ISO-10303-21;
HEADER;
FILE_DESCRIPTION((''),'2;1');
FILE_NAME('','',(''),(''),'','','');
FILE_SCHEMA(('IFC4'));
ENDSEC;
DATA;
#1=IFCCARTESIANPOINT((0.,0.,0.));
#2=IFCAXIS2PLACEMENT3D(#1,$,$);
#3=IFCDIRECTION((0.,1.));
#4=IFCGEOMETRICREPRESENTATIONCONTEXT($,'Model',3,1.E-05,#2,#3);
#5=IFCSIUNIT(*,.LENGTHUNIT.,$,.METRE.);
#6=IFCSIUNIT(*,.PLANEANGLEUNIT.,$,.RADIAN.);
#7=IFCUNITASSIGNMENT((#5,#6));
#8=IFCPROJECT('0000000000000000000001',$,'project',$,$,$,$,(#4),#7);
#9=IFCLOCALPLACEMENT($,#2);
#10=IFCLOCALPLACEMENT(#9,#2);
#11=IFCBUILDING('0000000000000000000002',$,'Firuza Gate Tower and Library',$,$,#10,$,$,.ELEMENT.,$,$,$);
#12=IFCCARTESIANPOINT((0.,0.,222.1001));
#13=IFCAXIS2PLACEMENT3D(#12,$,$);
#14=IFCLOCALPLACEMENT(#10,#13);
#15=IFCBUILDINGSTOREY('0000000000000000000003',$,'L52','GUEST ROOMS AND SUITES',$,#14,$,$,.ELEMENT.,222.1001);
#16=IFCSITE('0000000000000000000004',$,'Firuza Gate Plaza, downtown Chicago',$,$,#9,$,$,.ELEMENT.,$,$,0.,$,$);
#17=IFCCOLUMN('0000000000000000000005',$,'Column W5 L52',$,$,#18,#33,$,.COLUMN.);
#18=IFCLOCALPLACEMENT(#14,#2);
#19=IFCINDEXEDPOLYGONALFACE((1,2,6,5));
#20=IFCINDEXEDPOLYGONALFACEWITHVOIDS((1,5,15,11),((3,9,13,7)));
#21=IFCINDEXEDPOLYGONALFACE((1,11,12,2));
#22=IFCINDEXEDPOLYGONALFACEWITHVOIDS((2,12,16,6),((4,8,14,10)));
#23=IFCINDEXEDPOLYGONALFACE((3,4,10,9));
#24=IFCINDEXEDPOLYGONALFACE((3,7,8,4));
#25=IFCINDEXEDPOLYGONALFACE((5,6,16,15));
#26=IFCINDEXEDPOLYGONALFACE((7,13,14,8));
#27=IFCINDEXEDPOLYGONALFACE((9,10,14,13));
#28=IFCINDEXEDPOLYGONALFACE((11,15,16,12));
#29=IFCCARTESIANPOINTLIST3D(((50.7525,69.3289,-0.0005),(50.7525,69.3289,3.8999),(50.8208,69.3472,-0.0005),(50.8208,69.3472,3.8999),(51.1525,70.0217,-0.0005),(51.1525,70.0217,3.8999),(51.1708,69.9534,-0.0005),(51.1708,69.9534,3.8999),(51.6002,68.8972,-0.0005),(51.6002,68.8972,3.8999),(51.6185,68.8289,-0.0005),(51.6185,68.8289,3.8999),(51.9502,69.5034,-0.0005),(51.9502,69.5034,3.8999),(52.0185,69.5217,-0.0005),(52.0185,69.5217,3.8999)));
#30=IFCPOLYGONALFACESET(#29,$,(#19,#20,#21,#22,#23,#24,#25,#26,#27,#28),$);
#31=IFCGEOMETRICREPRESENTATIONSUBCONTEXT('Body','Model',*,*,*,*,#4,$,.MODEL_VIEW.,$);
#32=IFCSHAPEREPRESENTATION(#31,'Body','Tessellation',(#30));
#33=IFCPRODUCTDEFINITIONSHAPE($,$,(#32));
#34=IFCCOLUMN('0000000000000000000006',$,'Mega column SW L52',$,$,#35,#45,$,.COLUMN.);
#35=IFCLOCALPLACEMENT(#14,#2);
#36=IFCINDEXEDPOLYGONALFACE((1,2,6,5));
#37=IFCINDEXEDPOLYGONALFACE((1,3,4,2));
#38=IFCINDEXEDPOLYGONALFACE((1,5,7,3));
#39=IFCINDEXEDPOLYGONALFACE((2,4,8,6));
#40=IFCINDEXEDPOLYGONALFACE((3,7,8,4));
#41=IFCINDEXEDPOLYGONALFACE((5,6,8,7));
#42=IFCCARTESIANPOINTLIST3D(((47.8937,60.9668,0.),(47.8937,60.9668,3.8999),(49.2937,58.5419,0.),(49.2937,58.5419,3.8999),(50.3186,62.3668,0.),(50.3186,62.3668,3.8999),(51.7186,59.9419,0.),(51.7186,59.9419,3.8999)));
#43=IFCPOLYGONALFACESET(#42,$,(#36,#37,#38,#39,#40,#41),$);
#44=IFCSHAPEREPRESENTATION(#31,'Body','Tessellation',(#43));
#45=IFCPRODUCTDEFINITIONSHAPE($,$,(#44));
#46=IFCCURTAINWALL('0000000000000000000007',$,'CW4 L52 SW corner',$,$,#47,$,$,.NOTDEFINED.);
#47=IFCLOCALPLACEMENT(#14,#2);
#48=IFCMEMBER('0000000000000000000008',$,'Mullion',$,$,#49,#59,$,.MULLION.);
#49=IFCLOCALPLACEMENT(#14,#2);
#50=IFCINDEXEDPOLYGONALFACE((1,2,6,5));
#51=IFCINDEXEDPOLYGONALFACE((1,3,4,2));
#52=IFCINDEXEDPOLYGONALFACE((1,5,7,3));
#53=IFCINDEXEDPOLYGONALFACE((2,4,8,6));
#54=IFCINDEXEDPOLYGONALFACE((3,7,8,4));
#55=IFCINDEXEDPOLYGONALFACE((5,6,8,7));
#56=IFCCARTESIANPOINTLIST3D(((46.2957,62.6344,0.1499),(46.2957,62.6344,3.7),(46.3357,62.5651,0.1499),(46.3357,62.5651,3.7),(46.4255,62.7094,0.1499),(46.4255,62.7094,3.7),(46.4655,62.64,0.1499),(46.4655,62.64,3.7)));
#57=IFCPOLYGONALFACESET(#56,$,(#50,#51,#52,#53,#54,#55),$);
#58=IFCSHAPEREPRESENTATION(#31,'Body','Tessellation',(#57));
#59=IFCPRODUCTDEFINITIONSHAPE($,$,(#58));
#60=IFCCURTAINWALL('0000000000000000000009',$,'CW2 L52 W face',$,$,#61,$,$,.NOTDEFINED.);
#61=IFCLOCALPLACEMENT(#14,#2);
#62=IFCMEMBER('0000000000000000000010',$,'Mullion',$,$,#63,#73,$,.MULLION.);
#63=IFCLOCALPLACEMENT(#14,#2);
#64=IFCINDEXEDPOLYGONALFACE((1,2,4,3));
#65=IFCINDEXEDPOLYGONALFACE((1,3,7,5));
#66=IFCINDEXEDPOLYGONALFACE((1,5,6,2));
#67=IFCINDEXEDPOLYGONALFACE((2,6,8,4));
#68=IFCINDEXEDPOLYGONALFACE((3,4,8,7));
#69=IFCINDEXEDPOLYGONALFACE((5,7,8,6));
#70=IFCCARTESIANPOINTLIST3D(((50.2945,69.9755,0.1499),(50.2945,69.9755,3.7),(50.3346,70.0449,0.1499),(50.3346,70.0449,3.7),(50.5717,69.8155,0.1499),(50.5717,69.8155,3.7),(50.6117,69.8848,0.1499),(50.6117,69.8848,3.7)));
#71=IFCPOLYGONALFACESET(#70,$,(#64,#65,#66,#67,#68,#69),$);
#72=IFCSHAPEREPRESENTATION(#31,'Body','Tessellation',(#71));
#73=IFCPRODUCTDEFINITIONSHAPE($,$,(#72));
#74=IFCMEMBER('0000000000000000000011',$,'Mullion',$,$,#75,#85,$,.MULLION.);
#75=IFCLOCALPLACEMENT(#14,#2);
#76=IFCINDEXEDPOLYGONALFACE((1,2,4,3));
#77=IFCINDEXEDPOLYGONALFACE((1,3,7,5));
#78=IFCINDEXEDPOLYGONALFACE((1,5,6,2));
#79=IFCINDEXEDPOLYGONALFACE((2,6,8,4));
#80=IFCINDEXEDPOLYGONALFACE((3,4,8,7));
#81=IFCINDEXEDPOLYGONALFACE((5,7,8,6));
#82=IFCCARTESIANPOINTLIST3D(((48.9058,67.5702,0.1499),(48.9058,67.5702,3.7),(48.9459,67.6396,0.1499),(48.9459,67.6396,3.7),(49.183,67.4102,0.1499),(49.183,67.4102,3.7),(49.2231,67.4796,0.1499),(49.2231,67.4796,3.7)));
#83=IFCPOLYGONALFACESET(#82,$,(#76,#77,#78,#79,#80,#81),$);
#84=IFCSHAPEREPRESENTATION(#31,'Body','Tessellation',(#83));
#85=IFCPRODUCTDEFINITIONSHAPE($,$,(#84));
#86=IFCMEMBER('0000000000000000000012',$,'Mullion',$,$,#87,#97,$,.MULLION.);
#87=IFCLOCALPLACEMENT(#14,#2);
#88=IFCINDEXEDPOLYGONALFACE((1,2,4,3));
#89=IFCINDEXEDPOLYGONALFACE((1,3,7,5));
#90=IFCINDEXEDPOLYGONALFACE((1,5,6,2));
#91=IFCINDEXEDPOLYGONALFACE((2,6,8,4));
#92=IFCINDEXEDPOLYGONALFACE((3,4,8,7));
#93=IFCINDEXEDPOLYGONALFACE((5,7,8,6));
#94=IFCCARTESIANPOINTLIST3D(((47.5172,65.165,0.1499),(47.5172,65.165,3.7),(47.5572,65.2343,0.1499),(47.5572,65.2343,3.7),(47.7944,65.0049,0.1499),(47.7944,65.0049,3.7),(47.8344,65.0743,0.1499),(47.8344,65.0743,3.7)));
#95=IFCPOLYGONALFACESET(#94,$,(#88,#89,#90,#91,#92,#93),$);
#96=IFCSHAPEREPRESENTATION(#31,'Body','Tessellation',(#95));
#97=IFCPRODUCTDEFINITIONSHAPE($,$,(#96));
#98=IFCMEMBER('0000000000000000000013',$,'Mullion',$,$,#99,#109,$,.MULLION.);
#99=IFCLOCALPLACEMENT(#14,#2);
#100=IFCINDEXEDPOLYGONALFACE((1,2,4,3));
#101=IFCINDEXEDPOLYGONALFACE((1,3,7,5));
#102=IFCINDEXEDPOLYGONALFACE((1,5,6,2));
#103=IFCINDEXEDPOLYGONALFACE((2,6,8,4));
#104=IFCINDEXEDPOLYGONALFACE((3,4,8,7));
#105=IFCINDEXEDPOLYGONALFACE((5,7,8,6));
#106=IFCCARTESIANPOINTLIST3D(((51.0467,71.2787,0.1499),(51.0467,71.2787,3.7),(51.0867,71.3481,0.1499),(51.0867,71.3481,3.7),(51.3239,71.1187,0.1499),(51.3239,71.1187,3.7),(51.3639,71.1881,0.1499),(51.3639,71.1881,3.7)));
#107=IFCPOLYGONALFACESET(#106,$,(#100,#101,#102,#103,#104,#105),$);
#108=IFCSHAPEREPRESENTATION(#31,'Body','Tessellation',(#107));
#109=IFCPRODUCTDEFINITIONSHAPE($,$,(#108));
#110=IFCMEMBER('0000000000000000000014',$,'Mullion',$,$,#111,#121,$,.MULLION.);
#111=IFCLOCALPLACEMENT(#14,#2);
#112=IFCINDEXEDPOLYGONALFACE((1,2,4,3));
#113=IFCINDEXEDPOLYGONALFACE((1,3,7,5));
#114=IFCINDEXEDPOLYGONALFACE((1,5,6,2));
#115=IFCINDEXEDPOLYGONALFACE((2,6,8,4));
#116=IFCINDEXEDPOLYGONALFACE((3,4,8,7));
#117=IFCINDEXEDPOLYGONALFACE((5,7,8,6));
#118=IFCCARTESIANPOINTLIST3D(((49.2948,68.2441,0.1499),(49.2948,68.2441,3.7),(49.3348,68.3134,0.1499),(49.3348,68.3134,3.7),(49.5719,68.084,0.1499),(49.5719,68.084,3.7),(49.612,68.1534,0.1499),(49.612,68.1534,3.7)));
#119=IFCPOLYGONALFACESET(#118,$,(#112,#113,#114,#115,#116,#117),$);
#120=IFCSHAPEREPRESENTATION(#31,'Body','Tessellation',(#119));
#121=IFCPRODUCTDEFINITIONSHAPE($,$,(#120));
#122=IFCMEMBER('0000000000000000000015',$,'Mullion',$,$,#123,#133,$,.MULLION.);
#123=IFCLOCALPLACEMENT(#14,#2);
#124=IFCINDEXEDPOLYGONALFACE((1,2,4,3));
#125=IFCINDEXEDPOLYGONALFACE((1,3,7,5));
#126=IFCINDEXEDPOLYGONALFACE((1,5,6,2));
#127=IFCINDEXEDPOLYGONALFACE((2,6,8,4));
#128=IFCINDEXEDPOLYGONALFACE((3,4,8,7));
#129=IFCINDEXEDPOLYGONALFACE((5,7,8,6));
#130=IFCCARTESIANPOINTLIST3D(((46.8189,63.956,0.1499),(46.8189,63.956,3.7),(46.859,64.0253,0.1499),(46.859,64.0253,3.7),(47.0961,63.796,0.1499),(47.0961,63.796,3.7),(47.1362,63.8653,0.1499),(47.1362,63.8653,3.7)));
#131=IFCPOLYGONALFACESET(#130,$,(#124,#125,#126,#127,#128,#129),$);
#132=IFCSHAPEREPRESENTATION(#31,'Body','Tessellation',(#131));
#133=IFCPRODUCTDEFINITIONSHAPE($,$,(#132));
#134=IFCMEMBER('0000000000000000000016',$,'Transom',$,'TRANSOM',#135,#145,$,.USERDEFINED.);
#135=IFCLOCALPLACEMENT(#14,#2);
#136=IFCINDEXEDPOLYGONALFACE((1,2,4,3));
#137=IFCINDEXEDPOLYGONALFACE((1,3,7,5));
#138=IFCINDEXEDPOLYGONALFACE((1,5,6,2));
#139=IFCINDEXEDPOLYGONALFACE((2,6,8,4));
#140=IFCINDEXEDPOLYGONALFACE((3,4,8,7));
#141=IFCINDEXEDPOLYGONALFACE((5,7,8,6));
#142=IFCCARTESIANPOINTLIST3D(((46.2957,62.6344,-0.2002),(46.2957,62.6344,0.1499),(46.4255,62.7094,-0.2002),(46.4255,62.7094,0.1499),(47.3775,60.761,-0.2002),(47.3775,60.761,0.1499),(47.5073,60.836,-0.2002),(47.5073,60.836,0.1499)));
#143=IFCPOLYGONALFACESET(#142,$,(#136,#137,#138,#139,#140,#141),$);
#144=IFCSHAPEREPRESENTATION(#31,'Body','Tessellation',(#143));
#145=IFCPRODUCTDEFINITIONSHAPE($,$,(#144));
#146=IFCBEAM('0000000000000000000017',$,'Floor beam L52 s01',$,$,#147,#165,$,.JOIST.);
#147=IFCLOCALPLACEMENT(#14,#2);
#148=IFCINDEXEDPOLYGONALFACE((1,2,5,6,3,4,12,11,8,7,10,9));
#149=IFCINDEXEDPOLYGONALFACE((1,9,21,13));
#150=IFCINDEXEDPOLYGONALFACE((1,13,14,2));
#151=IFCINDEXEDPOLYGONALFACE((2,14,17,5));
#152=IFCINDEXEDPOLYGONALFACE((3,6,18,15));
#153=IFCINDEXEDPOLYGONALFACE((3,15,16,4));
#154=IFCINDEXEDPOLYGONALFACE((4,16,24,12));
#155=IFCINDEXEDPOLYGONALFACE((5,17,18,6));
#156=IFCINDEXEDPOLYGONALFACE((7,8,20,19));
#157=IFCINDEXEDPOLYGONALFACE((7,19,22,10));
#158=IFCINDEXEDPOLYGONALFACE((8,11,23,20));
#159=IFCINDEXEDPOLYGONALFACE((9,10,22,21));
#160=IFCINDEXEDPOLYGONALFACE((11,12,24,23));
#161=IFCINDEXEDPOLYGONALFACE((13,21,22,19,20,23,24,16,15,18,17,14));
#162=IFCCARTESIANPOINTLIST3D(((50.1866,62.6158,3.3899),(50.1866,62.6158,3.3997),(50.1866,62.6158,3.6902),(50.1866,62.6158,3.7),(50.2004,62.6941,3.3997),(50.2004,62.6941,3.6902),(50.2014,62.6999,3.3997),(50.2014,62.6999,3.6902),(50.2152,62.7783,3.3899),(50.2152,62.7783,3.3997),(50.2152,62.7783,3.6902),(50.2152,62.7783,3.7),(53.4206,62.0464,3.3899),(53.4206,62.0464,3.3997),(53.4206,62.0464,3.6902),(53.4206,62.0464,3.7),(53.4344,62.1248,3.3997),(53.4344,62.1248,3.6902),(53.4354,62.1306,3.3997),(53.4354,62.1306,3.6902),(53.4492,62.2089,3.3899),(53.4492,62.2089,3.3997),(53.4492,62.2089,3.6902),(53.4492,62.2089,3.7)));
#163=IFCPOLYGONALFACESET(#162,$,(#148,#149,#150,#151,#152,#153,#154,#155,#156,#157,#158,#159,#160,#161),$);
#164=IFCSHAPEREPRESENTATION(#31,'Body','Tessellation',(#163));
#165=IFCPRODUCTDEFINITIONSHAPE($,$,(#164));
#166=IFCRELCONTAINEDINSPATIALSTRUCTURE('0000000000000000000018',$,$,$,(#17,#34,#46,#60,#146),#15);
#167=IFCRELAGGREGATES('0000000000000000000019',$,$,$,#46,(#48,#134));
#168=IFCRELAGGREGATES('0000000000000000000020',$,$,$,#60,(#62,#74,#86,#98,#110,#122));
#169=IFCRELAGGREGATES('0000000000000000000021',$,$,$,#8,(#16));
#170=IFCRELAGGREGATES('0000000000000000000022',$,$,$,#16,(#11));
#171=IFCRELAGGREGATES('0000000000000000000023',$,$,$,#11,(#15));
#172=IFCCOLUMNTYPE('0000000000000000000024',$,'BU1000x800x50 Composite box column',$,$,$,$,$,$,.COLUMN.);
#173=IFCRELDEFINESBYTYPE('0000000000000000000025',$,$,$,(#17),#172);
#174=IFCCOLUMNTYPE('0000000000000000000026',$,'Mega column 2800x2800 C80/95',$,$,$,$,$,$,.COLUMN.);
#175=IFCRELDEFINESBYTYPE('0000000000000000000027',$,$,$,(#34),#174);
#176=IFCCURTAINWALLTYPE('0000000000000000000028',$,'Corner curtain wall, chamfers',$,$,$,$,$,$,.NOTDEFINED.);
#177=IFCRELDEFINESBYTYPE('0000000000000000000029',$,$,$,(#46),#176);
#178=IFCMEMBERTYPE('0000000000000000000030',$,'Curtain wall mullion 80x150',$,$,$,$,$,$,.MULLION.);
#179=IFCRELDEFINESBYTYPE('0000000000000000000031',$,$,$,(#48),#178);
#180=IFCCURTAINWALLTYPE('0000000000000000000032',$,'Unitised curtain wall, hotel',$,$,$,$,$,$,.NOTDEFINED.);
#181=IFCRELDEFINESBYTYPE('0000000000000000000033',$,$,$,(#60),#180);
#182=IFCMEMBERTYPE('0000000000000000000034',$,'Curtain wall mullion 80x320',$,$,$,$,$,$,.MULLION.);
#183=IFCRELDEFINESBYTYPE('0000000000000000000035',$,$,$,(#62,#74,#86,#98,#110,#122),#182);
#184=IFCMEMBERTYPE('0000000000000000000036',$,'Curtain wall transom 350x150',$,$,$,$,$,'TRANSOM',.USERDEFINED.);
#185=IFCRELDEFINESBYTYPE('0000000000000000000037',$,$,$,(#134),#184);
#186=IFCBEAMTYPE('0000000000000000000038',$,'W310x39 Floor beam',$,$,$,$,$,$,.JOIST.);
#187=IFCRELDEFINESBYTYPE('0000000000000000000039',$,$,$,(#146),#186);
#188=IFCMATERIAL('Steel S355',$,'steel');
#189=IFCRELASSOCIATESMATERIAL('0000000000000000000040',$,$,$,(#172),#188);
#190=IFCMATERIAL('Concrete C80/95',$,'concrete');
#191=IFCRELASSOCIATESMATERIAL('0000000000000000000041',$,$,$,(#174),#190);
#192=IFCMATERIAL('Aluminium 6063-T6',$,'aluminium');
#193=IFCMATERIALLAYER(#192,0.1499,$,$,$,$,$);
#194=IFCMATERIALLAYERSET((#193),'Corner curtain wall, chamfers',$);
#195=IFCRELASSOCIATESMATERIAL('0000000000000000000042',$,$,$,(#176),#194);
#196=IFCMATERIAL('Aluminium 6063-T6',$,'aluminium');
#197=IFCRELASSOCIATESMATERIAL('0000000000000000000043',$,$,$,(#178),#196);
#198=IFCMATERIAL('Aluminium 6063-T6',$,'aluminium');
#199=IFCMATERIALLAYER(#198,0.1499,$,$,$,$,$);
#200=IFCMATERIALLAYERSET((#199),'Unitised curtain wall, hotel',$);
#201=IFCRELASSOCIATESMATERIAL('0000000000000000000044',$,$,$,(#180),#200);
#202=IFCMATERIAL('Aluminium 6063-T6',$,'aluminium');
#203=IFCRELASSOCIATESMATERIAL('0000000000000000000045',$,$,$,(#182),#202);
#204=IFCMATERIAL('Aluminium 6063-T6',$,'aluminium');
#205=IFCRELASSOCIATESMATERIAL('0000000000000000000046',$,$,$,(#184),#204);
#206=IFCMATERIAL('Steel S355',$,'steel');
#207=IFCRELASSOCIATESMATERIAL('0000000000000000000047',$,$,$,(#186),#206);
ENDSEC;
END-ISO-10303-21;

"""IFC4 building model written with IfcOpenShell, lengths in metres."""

from ifc_helpers import new_model, si_unit, direction, frame, origin, origin_2d, place, context, subcontext, project, spatial, rectangle, hollow_rectangle, i_section, extrude, material, layer, layer_set, material_profile, profile_set, type_object, element, aggregate, save


model = new_model("IFC4")

# Units and contexts
model_context = context("Model", 3, precision=1e-05, world=origin(), true_north=direction((0.0, 1.0)))
body_context = subcontext(model_context, "Body", "Model", "MODEL_VIEW")
ifc_project = project(units=[si_unit("LENGTHUNIT", "METRE"), si_unit("PLANEANGLEUNIT", "RADIAN")], contexts=[model_context])

# Site, building, storey
site_placement = place(None, origin())
site = spatial("IfcSite", under=ifc_project, at=site_placement, Name="Firuza Gate Plaza, downtown Chicago", CompositionType="ELEMENT", RefElevation=0.0)
building_placement = place(site_placement, origin())
building = spatial("IfcBuilding", under=site, at=building_placement, Name="Firuza Gate Tower and Library", CompositionType="ELEMENT")
storey_placement = place(building_placement, frame((0.0, 0.0, 222.1001)))
storey = spatial("IfcBuildingStorey", under=building, at=storey_placement, Name="L52", Description="GUEST ROOMS AND SUITES", CompositionType="ELEMENT", Elevation=222.1001)

# Columns
ifc_material_1 = material(Name="Steel S355", Category="steel")
ifc_material_profile_1 = material_profile(ifc_material_1, hollow_rectangle(XDim=0.8, YDim=1.0, WallThickness=0.05, at=origin_2d()))
ifc_profile_set_1 = profile_set([ifc_material_profile_1], Name="Steel S355")
column_type_1 = type_object("IfcColumnType", Name="BU1000x800x50 Composite box column", PredefinedType="COLUMN", material=ifc_profile_set_1)
column_1_placement = place(storey_placement, frame((51.3855, 69.4253, -0.0005), z_axis=(0.0, 0.0, 1.0), x_axis=(-0.5, -0.866025, 0.0)))
element("IfcColumn", 1, at=column_1_placement, inside=storey, type_object=column_type_1, Name="Column W5 L52", PredefinedType="COLUMN", context=body_context, shape_type="SweptSolid", body=[
    extrude(hollow_rectangle(XDim=0.8, YDim=1.0, WallThickness=0.05, at=origin_2d()), origin(), (0.0, 0.0, 1.0), 3.9004),
])
ifc_material_2 = material(Name="Concrete C80/95", Category="concrete")
ifc_material_profile_2 = material_profile(ifc_material_2, rectangle(XDim=2.8, YDim=2.8, at=origin_2d()))
ifc_profile_set_2 = profile_set([ifc_material_profile_2], Name="Concrete C80/95")
column_type_2 = type_object("IfcColumnType", Name="Mega column 2800x2800 C80/95", PredefinedType="COLUMN", material=ifc_profile_set_2)
column_2_placement = place(storey_placement, frame((49.8062, 60.4543, 0.0), z_axis=(0.0, 0.0, 1.0), x_axis=(0.5, -0.866025, 0.0)))
element("IfcColumn", 2, at=column_2_placement, inside=storey, type_object=column_type_2, Name="Mega column SW L52", PredefinedType="COLUMN", context=body_context, shape_type="SweptSolid", body=[
    extrude(rectangle(XDim=2.8, YDim=2.8, at=origin_2d()), origin(), (0.0, 0.0, 1.0), 3.8999),
])

# Curtain wall, member
ifc_material_3 = material(Name="Aluminium 6063-T6", Category="aluminium")
ifc_layer_1 = layer(ifc_material_3, 0.1499)
ifc_layer_set_1 = layer_set([ifc_layer_1], Name="Corner curtain wall, chamfers")
curtain_wall_type_1 = type_object("IfcCurtainWallType", Name="Corner curtain wall, chamfers", PredefinedType="NOTDEFINED", material=ifc_layer_set_1)
placement = place(storey_placement, origin())
curtain_wall_1 = element("IfcCurtainWall", 3, at=placement, inside=storey, type_object=curtain_wall_type_1, Name="CW4 L52 SW corner", PredefinedType="NOTDEFINED")
ifc_material_4 = material(Name="Aluminium 6063-T6", Category="aluminium")
ifc_material_profile_3 = material_profile(ifc_material_4, rectangle(XDim=0.1499, YDim=0.0801, at=origin_2d()))
ifc_profile_set_3 = profile_set([ifc_material_profile_3], Name="Aluminium 6063-T6")
member_type_1 = type_object("IfcMemberType", Name="Curtain wall mullion 80x150", PredefinedType="MULLION", material=ifc_profile_set_3)
member_1_placement = place(storey_placement, frame((46.3806, 62.6372, 0.1499), z_axis=(0.0, 0.0, 1.0), x_axis=(0.866025, 0.5, 0.0)))
member_1 = element("IfcMember", 4, at=member_1_placement, type_object=member_type_1, Name="Mullion", PredefinedType="MULLION", context=body_context, shape_type="SweptSolid", body=[
    extrude(rectangle(XDim=0.1499, YDim=0.0801, at=origin_2d()), origin(), (0.0, 0.0, 1.0), 3.55),
])

# Curtain wall, members
ifc_material_5 = material(Name="Aluminium 6063-T6", Category="aluminium")
ifc_layer_2 = layer(ifc_material_5, 0.1499)
ifc_layer_set_2 = layer_set([ifc_layer_2], Name="Unitised curtain wall, hotel")
curtain_wall_type_2 = type_object("IfcCurtainWallType", Name="Unitised curtain wall, hotel", PredefinedType="NOTDEFINED", material=ifc_layer_set_2)
curtain_wall_2 = element("IfcCurtainWall", 5, at=placement, inside=storey, type_object=curtain_wall_type_2, Name="CW2 L52 W face", PredefinedType="NOTDEFINED")
ifc_material_6 = material(Name="Aluminium 6063-T6", Category="aluminium")
ifc_material_profile_4 = material_profile(ifc_material_6, rectangle(XDim=0.3201, YDim=0.0801, at=origin_2d()))
ifc_profile_set_4 = profile_set([ifc_material_profile_4], Name="Aluminium 6063-T6")
member_type_2 = type_object("IfcMemberType", Name="Curtain wall mullion 80x320", PredefinedType="MULLION", material=ifc_profile_set_4)
member_2_placement = place(storey_placement, frame((50.4531, 69.9302, 0.1499), z_axis=(0.0, 0.0, 1.0), x_axis=(0.866025, -0.5, 0.0)))
member_2 = element("IfcMember", 6, at=member_2_placement, type_object=member_type_2, Name="Mullion", PredefinedType="MULLION", context=body_context, shape_type="SweptSolid", body=[
    extrude(rectangle(XDim=0.3201, YDim=0.0801, at=origin_2d()), origin(), (0.0, 0.0, 1.0), 3.55),
])
member_3_placement = place(storey_placement, frame((49.0645, 67.5249, 0.1499), z_axis=(0.0, 0.0, 1.0), x_axis=(0.866025, -0.5, 0.0)))
member_3 = element("IfcMember", 7, at=member_3_placement, type_object=member_type_2, Name="Mullion", PredefinedType="MULLION", context=body_context, shape_type="SweptSolid", body=[
    extrude(rectangle(XDim=0.3201, YDim=0.0801, at=origin_2d()), origin(), (0.0, 0.0, 1.0), 3.55),
])
member_4_placement = place(storey_placement, frame((47.6758, 65.1196, 0.1499), z_axis=(0.0, 0.0, 1.0), x_axis=(0.866025, -0.5, 0.0)))
member_4 = element("IfcMember", 8, at=member_4_placement, type_object=member_type_2, Name="Mullion", PredefinedType="MULLION", context=body_context, shape_type="SweptSolid", body=[
    extrude(rectangle(XDim=0.3201, YDim=0.0801, at=origin_2d()), origin(), (0.0, 0.0, 1.0), 3.55),
])
member_5_placement = place(storey_placement, frame((51.2053, 71.2334, 0.1499), z_axis=(0.0, 0.0, 1.0), x_axis=(0.866025, -0.5, 0.0)))
member_5 = element("IfcMember", 9, at=member_5_placement, type_object=member_type_2, Name="Mullion", PredefinedType="MULLION", context=body_context, shape_type="SweptSolid", body=[
    extrude(rectangle(XDim=0.3201, YDim=0.0801, at=origin_2d()), origin(), (0.0, 0.0, 1.0), 3.55),
])
member_6_placement = place(storey_placement, frame((49.4534, 68.1987, 0.1499), z_axis=(0.0, 0.0, 1.0), x_axis=(0.866025, -0.5, 0.0)))
member_6 = element("IfcMember", 10, at=member_6_placement, type_object=member_type_2, Name="Mullion", PredefinedType="MULLION", context=body_context, shape_type="SweptSolid", body=[
    extrude(rectangle(XDim=0.3201, YDim=0.0801, at=origin_2d()), origin(), (0.0, 0.0, 1.0), 3.55),
])
member_7_placement = place(storey_placement, frame((46.9775, 63.9106, 0.1499), z_axis=(0.0, 0.0, 1.0), x_axis=(0.866025, -0.5, 0.0)))
member_7 = element("IfcMember", 11, at=member_7_placement, type_object=member_type_2, Name="Mullion", PredefinedType="MULLION", context=body_context, shape_type="SweptSolid", body=[
    extrude(rectangle(XDim=0.3201, YDim=0.0801, at=origin_2d()), origin(), (0.0, 0.0, 1.0), 3.55),
])

# Member
ifc_material_7 = material(Name="Aluminium 6063-T6", Category="aluminium")
ifc_material_profile_5 = material_profile(ifc_material_7, rectangle(XDim=0.1499, YDim=0.3501, at=origin_2d()))
ifc_profile_set_5 = profile_set([ifc_material_profile_5], Name="Aluminium 6063-T6")
member_type_3 = type_object("IfcMemberType", Name="Curtain wall transom 350x150", ElementType="TRANSOM", PredefinedType="USERDEFINED", material=ifc_profile_set_5)
member_8_placement = place(storey_placement, frame((46.3606, 62.6719, -0.0251), z_axis=(0.500084, -0.865977, 0.0), x_axis=(0.865977, 0.500084, 0.0)))
member_8 = element("IfcMember", 12, at=member_8_placement, type_object=member_type_3, Name="Transom", ObjectType="TRANSOM", PredefinedType="USERDEFINED", context=body_context, shape_type="SweptSolid", body=[
    extrude(rectangle(XDim=0.1499, YDim=0.3501, at=origin_2d()), origin(), (0.0, 0.0, 1.0), 2.1633),
])

# Beam
ifc_material_8 = material(Name="Steel S355", Category="steel")
ifc_material_profile_6 = material_profile(ifc_material_8, i_section(OverallWidth=0.165, OverallDepth=0.3101, WebThickness=0.0059, FlangeThickness=0.0098, at=origin_2d()))
ifc_profile_set_6 = profile_set([ifc_material_profile_6], Name="Steel S355")
beam_type_1 = type_object("IfcBeamType", Name="W310x39 Floor beam", PredefinedType="JOIST", material=ifc_profile_set_6)
beam_1_placement = place(storey_placement, frame((50.2009, 62.697, 3.5449), z_axis=(0.984854, -0.173387, 0.0), x_axis=(0.173387, 0.984854, 0.0)))
element("IfcBeam", 13, at=beam_1_placement, inside=storey, type_object=beam_type_1, Name="Floor beam L52 s01", PredefinedType="JOIST", context=body_context, shape_type="SweptSolid", body=[
    extrude(i_section(OverallWidth=0.165, OverallDepth=0.3101, WebThickness=0.0059, FlangeThickness=0.0098, at=origin_2d()), origin(), (0.0, 0.0, 1.0), 3.2837),
])

aggregate(curtain_wall_1, [member_1, member_8])
aggregate(curtain_wall_2, [member_2, member_3, member_4, member_5, member_6, member_7])

save(model, "model.ifc")
